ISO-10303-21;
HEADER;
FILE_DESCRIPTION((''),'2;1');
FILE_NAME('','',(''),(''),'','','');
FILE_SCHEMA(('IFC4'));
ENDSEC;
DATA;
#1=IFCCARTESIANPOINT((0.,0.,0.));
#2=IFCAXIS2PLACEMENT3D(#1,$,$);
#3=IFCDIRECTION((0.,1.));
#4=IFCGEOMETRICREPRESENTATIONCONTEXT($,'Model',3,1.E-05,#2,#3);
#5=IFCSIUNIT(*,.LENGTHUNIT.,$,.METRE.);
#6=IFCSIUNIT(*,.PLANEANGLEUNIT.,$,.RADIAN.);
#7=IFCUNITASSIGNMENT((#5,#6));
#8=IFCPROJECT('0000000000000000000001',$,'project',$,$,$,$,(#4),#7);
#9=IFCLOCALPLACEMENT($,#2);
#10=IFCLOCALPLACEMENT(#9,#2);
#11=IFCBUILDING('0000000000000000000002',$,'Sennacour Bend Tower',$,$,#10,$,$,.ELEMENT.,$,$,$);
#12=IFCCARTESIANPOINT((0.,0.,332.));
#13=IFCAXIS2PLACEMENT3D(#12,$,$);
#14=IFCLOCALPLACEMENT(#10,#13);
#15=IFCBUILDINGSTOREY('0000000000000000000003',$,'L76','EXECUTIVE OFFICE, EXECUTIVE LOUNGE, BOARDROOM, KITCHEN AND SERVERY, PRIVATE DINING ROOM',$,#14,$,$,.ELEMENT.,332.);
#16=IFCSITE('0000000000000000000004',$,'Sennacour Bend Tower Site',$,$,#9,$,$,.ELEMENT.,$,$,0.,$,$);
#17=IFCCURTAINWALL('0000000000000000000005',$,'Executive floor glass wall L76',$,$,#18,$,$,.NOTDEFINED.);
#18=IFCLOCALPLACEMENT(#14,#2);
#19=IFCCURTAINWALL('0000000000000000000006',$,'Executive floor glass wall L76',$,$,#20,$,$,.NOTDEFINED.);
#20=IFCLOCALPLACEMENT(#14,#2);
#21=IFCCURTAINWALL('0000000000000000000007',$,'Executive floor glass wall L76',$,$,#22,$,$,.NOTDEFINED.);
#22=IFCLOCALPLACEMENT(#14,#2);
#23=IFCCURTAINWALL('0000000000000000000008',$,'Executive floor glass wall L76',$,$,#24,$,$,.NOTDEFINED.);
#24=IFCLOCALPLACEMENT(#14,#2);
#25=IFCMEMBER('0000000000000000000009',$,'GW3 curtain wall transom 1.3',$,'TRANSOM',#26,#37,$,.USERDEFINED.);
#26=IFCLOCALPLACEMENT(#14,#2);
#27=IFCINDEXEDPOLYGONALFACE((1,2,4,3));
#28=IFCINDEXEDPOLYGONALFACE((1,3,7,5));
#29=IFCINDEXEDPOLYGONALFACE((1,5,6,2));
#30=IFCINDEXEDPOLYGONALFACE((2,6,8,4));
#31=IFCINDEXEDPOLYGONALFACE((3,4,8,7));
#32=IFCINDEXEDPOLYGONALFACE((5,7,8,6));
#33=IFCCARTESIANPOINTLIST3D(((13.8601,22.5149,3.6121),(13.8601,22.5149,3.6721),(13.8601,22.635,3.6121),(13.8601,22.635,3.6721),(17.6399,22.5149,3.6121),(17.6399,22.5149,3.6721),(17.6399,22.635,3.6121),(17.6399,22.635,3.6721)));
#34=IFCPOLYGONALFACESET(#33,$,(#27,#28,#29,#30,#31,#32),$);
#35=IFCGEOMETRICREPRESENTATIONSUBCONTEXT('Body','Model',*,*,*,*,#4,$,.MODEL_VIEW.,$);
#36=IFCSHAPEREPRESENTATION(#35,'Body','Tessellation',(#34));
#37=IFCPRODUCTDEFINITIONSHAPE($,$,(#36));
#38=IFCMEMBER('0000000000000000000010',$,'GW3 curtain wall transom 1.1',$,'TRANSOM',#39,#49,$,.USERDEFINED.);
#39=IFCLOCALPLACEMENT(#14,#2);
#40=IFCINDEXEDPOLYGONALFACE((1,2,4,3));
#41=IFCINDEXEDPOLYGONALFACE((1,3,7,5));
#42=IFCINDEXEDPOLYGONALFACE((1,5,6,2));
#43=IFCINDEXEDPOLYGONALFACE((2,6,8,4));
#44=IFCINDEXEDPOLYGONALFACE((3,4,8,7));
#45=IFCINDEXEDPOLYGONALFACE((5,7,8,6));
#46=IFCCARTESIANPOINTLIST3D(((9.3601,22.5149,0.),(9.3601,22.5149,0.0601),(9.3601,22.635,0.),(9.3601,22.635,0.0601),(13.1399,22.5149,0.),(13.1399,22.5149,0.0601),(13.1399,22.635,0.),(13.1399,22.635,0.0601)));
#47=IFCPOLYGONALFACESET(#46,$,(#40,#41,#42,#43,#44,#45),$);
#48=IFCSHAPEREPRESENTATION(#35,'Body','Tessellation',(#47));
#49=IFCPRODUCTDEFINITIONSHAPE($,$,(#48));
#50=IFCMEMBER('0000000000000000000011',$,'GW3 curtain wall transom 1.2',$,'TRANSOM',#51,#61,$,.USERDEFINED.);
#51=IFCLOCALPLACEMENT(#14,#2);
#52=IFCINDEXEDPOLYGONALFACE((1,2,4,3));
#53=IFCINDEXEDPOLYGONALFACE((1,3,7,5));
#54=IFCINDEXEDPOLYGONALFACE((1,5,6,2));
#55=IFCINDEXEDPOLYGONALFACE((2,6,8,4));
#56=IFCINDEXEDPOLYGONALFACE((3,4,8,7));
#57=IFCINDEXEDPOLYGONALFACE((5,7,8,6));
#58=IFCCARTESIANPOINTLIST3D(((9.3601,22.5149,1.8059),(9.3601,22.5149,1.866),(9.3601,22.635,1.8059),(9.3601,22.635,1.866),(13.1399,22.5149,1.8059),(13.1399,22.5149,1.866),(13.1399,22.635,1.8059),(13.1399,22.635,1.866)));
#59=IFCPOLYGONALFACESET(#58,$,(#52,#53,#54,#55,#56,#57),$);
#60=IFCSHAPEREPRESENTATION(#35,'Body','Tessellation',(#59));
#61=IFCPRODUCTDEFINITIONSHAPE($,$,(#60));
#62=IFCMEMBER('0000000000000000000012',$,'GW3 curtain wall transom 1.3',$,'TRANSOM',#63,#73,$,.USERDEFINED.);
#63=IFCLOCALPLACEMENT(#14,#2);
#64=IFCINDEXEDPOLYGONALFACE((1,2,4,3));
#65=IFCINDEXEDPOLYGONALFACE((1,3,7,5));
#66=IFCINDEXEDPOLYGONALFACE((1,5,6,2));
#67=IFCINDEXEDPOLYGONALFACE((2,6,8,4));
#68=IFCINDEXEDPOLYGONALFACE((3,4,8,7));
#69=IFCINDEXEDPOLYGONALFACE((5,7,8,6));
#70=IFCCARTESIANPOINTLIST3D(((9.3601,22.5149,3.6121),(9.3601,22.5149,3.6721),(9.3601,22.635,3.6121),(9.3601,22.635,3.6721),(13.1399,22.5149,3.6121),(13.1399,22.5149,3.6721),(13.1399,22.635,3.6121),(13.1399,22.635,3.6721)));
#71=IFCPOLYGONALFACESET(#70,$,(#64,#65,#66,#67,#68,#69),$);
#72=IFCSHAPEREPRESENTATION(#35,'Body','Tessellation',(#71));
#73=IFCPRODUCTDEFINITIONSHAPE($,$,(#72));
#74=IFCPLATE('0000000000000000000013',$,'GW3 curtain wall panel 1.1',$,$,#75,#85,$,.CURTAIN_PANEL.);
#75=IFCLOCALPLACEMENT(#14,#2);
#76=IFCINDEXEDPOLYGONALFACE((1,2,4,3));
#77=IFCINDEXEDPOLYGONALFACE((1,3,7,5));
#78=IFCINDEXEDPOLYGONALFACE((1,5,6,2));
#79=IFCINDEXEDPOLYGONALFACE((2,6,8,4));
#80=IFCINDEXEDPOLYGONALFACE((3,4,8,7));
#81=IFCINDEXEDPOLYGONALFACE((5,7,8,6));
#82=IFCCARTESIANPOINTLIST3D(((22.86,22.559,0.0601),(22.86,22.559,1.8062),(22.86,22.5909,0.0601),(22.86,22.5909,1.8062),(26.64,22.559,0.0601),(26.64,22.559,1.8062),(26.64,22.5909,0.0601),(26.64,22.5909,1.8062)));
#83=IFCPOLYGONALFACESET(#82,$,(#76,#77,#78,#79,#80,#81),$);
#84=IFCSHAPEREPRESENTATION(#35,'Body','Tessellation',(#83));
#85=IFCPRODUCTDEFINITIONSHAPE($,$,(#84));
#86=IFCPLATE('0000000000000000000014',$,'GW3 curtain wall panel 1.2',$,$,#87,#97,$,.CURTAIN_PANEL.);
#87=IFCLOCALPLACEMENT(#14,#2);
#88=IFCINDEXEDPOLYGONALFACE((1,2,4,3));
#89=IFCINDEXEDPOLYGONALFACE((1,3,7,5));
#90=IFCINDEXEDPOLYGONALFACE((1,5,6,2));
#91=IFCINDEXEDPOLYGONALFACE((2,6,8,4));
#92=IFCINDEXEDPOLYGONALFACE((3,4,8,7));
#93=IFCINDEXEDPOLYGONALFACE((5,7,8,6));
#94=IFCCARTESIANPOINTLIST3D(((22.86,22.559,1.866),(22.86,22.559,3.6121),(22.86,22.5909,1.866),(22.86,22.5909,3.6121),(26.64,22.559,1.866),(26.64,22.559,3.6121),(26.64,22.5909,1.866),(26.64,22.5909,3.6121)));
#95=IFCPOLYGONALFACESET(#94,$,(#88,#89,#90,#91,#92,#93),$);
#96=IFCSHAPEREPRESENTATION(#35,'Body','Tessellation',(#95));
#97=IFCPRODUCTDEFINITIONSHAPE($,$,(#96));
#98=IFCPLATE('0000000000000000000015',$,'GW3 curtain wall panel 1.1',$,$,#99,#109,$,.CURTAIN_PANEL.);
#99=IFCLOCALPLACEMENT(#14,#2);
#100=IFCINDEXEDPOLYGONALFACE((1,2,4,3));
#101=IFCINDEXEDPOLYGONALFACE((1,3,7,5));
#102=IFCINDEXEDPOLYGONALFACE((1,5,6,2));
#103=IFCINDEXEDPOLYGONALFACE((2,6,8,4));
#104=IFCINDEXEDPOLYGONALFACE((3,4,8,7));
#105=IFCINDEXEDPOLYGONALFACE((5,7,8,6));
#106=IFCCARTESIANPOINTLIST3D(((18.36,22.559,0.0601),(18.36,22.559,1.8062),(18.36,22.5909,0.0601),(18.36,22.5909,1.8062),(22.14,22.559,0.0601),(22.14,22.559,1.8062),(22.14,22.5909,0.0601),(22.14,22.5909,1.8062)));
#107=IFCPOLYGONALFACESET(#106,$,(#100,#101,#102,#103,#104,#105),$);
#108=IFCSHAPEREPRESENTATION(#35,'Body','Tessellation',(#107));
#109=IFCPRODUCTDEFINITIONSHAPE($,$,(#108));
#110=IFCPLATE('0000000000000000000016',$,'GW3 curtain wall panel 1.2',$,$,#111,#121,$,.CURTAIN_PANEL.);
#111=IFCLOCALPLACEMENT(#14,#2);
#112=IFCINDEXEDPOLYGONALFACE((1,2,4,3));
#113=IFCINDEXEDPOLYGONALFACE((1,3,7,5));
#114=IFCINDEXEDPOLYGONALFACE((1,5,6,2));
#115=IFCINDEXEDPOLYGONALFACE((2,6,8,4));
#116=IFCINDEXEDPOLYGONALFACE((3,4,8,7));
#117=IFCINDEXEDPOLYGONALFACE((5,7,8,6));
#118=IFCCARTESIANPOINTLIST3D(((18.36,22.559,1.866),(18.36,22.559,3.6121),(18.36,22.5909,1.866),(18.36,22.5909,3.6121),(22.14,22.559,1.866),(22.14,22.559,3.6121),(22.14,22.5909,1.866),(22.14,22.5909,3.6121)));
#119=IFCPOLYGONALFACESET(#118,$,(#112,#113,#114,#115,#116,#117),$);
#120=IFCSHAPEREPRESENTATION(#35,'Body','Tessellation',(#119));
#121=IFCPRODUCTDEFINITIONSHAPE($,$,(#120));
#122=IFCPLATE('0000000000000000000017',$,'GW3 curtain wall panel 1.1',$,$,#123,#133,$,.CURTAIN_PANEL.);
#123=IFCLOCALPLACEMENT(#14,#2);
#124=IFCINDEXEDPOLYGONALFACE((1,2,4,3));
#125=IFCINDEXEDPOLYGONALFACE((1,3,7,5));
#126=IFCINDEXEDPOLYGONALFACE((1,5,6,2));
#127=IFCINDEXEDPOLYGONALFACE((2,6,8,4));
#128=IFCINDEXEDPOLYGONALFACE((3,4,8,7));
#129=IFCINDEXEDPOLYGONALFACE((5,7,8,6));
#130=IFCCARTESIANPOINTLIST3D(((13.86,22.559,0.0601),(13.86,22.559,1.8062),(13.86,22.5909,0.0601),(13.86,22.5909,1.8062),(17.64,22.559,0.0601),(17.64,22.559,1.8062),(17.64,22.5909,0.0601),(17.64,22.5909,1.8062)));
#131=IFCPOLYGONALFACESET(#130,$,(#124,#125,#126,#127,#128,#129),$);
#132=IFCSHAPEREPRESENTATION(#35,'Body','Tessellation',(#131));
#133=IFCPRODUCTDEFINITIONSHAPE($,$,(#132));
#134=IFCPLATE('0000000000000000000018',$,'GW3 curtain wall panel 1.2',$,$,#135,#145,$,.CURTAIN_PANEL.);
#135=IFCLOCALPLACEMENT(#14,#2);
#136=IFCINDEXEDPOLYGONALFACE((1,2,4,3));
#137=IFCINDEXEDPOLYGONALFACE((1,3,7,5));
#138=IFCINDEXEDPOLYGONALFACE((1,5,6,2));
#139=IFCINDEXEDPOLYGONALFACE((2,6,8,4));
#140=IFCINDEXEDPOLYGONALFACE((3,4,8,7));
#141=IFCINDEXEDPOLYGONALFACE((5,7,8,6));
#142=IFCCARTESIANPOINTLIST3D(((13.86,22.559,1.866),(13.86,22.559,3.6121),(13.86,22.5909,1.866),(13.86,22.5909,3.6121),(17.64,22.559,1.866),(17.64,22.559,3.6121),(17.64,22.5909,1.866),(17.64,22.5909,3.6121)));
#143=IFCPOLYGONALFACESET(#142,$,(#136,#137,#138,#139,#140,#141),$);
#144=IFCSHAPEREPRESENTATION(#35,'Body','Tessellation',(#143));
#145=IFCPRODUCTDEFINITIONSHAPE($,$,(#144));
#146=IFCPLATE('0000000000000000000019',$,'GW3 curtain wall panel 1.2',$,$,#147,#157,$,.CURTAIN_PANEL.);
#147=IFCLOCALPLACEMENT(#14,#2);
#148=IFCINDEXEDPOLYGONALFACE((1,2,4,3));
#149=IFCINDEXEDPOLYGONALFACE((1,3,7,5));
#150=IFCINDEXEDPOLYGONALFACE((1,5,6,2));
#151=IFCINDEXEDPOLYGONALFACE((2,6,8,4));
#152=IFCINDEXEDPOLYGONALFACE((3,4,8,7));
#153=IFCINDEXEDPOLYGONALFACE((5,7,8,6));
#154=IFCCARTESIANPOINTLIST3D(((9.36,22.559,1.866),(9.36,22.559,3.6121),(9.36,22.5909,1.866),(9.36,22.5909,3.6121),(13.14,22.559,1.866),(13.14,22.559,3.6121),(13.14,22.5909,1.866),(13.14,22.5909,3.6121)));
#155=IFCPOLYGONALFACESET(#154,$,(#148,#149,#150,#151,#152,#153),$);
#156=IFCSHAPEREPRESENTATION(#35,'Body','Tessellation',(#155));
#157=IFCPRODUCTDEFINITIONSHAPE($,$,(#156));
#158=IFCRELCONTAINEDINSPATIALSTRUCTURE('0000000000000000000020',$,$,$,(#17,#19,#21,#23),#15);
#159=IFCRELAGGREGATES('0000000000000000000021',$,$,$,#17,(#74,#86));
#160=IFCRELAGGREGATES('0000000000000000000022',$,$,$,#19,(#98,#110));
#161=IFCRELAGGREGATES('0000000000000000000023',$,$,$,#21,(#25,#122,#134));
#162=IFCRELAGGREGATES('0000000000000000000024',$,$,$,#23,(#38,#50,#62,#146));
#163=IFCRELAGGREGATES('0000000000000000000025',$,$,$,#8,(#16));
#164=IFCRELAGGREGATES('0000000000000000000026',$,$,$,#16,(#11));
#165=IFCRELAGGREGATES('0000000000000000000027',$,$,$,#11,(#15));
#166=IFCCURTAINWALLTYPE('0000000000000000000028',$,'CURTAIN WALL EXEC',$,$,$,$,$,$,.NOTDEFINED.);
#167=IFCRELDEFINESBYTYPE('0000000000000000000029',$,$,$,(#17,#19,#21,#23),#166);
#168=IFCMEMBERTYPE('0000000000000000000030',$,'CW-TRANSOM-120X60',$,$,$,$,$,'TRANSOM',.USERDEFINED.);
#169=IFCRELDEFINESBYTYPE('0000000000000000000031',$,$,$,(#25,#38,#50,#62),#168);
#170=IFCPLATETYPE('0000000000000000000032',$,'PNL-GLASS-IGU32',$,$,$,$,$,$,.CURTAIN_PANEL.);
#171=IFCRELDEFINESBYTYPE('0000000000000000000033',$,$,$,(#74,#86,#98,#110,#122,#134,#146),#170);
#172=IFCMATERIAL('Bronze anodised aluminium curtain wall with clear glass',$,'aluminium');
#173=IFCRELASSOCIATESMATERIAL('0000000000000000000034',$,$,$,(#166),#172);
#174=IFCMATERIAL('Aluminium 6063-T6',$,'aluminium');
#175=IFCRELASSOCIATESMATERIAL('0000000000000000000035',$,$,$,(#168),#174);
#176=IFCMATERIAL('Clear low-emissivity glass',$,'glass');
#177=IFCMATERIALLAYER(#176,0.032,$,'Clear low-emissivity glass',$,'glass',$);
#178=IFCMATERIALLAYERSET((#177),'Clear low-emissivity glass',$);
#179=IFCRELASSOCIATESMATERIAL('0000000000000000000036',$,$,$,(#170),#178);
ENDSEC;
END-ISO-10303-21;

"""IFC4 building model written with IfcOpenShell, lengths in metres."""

from ifc_helpers import new_model, si_unit, direction, frame, origin, origin_2d, place, context, subcontext, project, spatial, rectangle, extrude, material, layer, layer_set, material_profile, profile_set, type_object, element, aggregate, save


model = new_model("IFC4")

# Units and contexts
model_context = context("Model", 3, precision=1e-05, world=origin(), true_north=direction((0.0, 1.0)))
body_context = subcontext(model_context, "Body", "Model", "MODEL_VIEW")
ifc_project = project(units=[si_unit("LENGTHUNIT", "METRE"), si_unit("PLANEANGLEUNIT", "RADIAN")], contexts=[model_context])

# Site, building, storey
site_placement = place(None, origin())
site = spatial("IfcSite", under=ifc_project, at=site_placement, Name="Sennacour Bend Tower Site", CompositionType="ELEMENT", RefElevation=0.0)
building_placement = place(site_placement, origin())
building = spatial("IfcBuilding", under=site, at=building_placement, Name="Sennacour Bend Tower", CompositionType="ELEMENT")
storey_placement = place(building_placement, frame((0.0, 0.0, 332.0)))
storey = spatial("IfcBuildingStorey", under=building, at=storey_placement, Name="L76", Description="EXECUTIVE OFFICE, EXECUTIVE LOUNGE, BOARDROOM, KITCHEN AND SERVERY, PRIVATE DINING ROOM", CompositionType="ELEMENT", Elevation=332.0)

# Curtain walls
ifc_material_1 = material(Name="Bronze anodised aluminium curtain wall with clear glass", Category="aluminium")
curtain_wall_type = type_object("IfcCurtainWallType", Name="CURTAIN WALL EXEC", PredefinedType="NOTDEFINED", material=ifc_material_1)
curtain_wall_1_placement = place(storey_placement, origin())
curtain_wall_1 = element("IfcCurtainWall", 1, at=curtain_wall_1_placement, inside=storey, type_object=curtain_wall_type, Name="Executive floor glass wall L76", PredefinedType="NOTDEFINED")
ifc_material_2 = material(Name="Aluminium 6063-T6", Category="aluminium")
curtain_wall_2_placement = place(storey_placement, origin())
curtain_wall_2 = element("IfcCurtainWall", 2, at=curtain_wall_2_placement, inside=storey, type_object=curtain_wall_type, Name="Executive floor glass wall L76", PredefinedType="NOTDEFINED")
curtain_wall_3_placement = place(storey_placement, origin())
curtain_wall_3 = element("IfcCurtainWall", 3, at=curtain_wall_3_placement, inside=storey, type_object=curtain_wall_type, Name="Executive floor glass wall L76", PredefinedType="NOTDEFINED")

# Curtain wall
curtain_wall_4_placement = place(storey_placement, origin())
curtain_wall_4 = element("IfcCurtainWall", 4, at=curtain_wall_4_placement, inside=storey, type_object=curtain_wall_type, Name="Executive floor glass wall L76", PredefinedType="NOTDEFINED")

# Members
ifc_material_profile_1 = material_profile(ifc_material_2, rectangle(XDim=0.1201, YDim=0.0601, at=origin_2d()), Name="Aluminium 6063-T6", Category="aluminium")
ifc_profile_set_1 = profile_set([ifc_material_profile_1], Name="Aluminium 6063-T6")
member_type_1 = type_object("IfcMemberType", Name="CW-TRANSOM-120X60", ElementType="TRANSOM", PredefinedType="USERDEFINED", material=ifc_profile_set_1)
member_1_placement = place(storey_placement, frame((17.6399, 22.575, 3.6421), z_axis=(-1.0, 0.0, 0.0), x_axis=(0.0, -1.0, 0.0)))
member_1 = element("IfcMember", 5, at=member_1_placement, type_object=member_type_1, Name="GW3 curtain wall transom 1.3", ObjectType="TRANSOM", PredefinedType="USERDEFINED", context=body_context, shape_type="SweptSolid", body=[
    extrude(rectangle(XDim=0.1201, YDim=0.0601, at=origin_2d()), origin(), (0.0, 0.0, 1.0), 3.7798),
])
member_2_placement = place(storey_placement, frame((13.1399, 22.575, 0.03), z_axis=(-1.0, 0.0, 0.0), x_axis=(0.0, -1.0, 0.0)))
member_2 = element("IfcMember", 6, at=member_2_placement, type_object=member_type_1, Name="GW3 curtain wall transom 1.1", ObjectType="TRANSOM", PredefinedType="USERDEFINED", context=body_context, shape_type="SweptSolid", body=[
    extrude(rectangle(XDim=0.1201, YDim=0.0601, at=origin_2d()), origin(), (0.0, 0.0, 1.0), 3.7798),
])
member_3_placement = place(storey_placement, frame((13.1399, 22.575, 1.8359), z_axis=(-1.0, 0.0, 0.0), x_axis=(0.0, -1.0, 0.0)))
member_3 = element("IfcMember", 7, at=member_3_placement, type_object=member_type_1, Name="GW3 curtain wall transom 1.2", ObjectType="TRANSOM", PredefinedType="USERDEFINED", context=body_context, shape_type="SweptSolid", body=[
    extrude(rectangle(XDim=0.1201, YDim=0.0601, at=origin_2d()), origin(), (0.0, 0.0, 1.0), 3.7798),
])
member_4_placement = place(storey_placement, frame((13.1399, 22.575, 3.6421), z_axis=(-1.0, 0.0, 0.0), x_axis=(0.0, -1.0, 0.0)))
member_4 = element("IfcMember", 8, at=member_4_placement, type_object=member_type_1, Name="GW3 curtain wall transom 1.3", ObjectType="TRANSOM", PredefinedType="USERDEFINED", context=body_context, shape_type="SweptSolid", body=[
    extrude(rectangle(XDim=0.1201, YDim=0.0601, at=origin_2d()), origin(), (0.0, 0.0, 1.0), 3.7798),
])

# Plates
ifc_material_3 = material(Name="Clear low-emissivity glass", Category="glass")
ifc_layer = layer(ifc_material_3, 0.032, Name="Clear low-emissivity glass", Category="glass")
ifc_layer_set = layer_set([ifc_layer], Name="Clear low-emissivity glass")
plate_type = type_object("IfcPlateType", Name="PNL-GLASS-IGU32", PredefinedType="CURTAIN_PANEL", material=ifc_layer_set)
plate_1_placement = place(storey_placement, frame((24.75, 22.575, 0.0601), z_axis=(0.0, 0.0, 1.0), x_axis=(-1.0, 0.0, 0.0)))
plate_1 = element("IfcPlate", 9, at=plate_1_placement, type_object=plate_type, Name="GW3 curtain wall panel 1.1", PredefinedType="CURTAIN_PANEL", context=body_context, shape_type="SweptSolid", body=[
    extrude(rectangle(XDim=3.78, YDim=0.032, at=origin_2d()), origin(), (0.0, 0.0, 1.0), 1.7461),
])
plate_2_placement = place(storey_placement, frame((24.75, 22.575, 1.866), z_axis=(0.0, 0.0, 1.0), x_axis=(-1.0, 0.0, 0.0)))
plate_2 = element("IfcPlate", 10, at=plate_2_placement, type_object=plate_type, Name="GW3 curtain wall panel 1.2", PredefinedType="CURTAIN_PANEL", context=body_context, shape_type="SweptSolid", body=[
    extrude(rectangle(XDim=3.78, YDim=0.032, at=origin_2d()), origin(), (0.0, 0.0, 1.0), 1.7461),
])
aggregate(curtain_wall_1, [plate_1, plate_2])
plate_3_placement = place(storey_placement, frame((20.25, 22.575, 0.0601), z_axis=(0.0, 0.0, 1.0), x_axis=(-1.0, 0.0, 0.0)))
plate_3 = element("IfcPlate", 11, at=plate_3_placement, type_object=plate_type, Name="GW3 curtain wall panel 1.1", PredefinedType="CURTAIN_PANEL", context=body_context, shape_type="SweptSolid", body=[
    extrude(rectangle(XDim=3.78, YDim=0.032, at=origin_2d()), origin(), (0.0, 0.0, 1.0), 1.7461),
])
plate_4_placement = place(storey_placement, frame((20.25, 22.575, 1.866), z_axis=(0.0, 0.0, 1.0), x_axis=(-1.0, 0.0, 0.0)))
plate_4 = element("IfcPlate", 12, at=plate_4_placement, type_object=plate_type, Name="GW3 curtain wall panel 1.2", PredefinedType="CURTAIN_PANEL", context=body_context, shape_type="SweptSolid", body=[
    extrude(rectangle(XDim=3.78, YDim=0.032, at=origin_2d()), origin(), (0.0, 0.0, 1.0), 1.7461),
])
aggregate(curtain_wall_2, [plate_3, plate_4])
plate_5_placement = place(storey_placement, frame((15.75, 22.575, 0.0601), z_axis=(0.0, 0.0, 1.0), x_axis=(-1.0, 0.0, 0.0)))
plate_5 = element("IfcPlate", 13, at=plate_5_placement, type_object=plate_type, Name="GW3 curtain wall panel 1.1", PredefinedType="CURTAIN_PANEL", context=body_context, shape_type="SweptSolid", body=[
    extrude(rectangle(XDim=3.78, YDim=0.032, at=origin_2d()), origin(), (0.0, 0.0, 1.0), 1.7461),
])
plate_6_placement = place(storey_placement, frame((15.75, 22.575, 1.866), z_axis=(0.0, 0.0, 1.0), x_axis=(-1.0, 0.0, 0.0)))
plate_6 = element("IfcPlate", 14, at=plate_6_placement, type_object=plate_type, Name="GW3 curtain wall panel 1.2", PredefinedType="CURTAIN_PANEL", context=body_context, shape_type="SweptSolid", body=[
    extrude(rectangle(XDim=3.78, YDim=0.032, at=origin_2d()), origin(), (0.0, 0.0, 1.0), 1.7461),
])
aggregate(curtain_wall_3, [member_1, plate_5, plate_6])
plate_7_placement = place(storey_placement, frame((11.25, 22.575, 1.866), z_axis=(0.0, 0.0, 1.0), x_axis=(-1.0, 0.0, 0.0)))
plate_7 = element("IfcPlate", 15, at=plate_7_placement, type_object=plate_type, Name="GW3 curtain wall panel 1.2", PredefinedType="CURTAIN_PANEL", context=body_context, shape_type="SweptSolid", body=[
    extrude(rectangle(XDim=3.78, YDim=0.032, at=origin_2d()), origin(), (0.0, 0.0, 1.0), 1.7461),
])
aggregate(curtain_wall_4, [member_2, member_3, member_4, plate_7])

save(model, "model.ifc")
